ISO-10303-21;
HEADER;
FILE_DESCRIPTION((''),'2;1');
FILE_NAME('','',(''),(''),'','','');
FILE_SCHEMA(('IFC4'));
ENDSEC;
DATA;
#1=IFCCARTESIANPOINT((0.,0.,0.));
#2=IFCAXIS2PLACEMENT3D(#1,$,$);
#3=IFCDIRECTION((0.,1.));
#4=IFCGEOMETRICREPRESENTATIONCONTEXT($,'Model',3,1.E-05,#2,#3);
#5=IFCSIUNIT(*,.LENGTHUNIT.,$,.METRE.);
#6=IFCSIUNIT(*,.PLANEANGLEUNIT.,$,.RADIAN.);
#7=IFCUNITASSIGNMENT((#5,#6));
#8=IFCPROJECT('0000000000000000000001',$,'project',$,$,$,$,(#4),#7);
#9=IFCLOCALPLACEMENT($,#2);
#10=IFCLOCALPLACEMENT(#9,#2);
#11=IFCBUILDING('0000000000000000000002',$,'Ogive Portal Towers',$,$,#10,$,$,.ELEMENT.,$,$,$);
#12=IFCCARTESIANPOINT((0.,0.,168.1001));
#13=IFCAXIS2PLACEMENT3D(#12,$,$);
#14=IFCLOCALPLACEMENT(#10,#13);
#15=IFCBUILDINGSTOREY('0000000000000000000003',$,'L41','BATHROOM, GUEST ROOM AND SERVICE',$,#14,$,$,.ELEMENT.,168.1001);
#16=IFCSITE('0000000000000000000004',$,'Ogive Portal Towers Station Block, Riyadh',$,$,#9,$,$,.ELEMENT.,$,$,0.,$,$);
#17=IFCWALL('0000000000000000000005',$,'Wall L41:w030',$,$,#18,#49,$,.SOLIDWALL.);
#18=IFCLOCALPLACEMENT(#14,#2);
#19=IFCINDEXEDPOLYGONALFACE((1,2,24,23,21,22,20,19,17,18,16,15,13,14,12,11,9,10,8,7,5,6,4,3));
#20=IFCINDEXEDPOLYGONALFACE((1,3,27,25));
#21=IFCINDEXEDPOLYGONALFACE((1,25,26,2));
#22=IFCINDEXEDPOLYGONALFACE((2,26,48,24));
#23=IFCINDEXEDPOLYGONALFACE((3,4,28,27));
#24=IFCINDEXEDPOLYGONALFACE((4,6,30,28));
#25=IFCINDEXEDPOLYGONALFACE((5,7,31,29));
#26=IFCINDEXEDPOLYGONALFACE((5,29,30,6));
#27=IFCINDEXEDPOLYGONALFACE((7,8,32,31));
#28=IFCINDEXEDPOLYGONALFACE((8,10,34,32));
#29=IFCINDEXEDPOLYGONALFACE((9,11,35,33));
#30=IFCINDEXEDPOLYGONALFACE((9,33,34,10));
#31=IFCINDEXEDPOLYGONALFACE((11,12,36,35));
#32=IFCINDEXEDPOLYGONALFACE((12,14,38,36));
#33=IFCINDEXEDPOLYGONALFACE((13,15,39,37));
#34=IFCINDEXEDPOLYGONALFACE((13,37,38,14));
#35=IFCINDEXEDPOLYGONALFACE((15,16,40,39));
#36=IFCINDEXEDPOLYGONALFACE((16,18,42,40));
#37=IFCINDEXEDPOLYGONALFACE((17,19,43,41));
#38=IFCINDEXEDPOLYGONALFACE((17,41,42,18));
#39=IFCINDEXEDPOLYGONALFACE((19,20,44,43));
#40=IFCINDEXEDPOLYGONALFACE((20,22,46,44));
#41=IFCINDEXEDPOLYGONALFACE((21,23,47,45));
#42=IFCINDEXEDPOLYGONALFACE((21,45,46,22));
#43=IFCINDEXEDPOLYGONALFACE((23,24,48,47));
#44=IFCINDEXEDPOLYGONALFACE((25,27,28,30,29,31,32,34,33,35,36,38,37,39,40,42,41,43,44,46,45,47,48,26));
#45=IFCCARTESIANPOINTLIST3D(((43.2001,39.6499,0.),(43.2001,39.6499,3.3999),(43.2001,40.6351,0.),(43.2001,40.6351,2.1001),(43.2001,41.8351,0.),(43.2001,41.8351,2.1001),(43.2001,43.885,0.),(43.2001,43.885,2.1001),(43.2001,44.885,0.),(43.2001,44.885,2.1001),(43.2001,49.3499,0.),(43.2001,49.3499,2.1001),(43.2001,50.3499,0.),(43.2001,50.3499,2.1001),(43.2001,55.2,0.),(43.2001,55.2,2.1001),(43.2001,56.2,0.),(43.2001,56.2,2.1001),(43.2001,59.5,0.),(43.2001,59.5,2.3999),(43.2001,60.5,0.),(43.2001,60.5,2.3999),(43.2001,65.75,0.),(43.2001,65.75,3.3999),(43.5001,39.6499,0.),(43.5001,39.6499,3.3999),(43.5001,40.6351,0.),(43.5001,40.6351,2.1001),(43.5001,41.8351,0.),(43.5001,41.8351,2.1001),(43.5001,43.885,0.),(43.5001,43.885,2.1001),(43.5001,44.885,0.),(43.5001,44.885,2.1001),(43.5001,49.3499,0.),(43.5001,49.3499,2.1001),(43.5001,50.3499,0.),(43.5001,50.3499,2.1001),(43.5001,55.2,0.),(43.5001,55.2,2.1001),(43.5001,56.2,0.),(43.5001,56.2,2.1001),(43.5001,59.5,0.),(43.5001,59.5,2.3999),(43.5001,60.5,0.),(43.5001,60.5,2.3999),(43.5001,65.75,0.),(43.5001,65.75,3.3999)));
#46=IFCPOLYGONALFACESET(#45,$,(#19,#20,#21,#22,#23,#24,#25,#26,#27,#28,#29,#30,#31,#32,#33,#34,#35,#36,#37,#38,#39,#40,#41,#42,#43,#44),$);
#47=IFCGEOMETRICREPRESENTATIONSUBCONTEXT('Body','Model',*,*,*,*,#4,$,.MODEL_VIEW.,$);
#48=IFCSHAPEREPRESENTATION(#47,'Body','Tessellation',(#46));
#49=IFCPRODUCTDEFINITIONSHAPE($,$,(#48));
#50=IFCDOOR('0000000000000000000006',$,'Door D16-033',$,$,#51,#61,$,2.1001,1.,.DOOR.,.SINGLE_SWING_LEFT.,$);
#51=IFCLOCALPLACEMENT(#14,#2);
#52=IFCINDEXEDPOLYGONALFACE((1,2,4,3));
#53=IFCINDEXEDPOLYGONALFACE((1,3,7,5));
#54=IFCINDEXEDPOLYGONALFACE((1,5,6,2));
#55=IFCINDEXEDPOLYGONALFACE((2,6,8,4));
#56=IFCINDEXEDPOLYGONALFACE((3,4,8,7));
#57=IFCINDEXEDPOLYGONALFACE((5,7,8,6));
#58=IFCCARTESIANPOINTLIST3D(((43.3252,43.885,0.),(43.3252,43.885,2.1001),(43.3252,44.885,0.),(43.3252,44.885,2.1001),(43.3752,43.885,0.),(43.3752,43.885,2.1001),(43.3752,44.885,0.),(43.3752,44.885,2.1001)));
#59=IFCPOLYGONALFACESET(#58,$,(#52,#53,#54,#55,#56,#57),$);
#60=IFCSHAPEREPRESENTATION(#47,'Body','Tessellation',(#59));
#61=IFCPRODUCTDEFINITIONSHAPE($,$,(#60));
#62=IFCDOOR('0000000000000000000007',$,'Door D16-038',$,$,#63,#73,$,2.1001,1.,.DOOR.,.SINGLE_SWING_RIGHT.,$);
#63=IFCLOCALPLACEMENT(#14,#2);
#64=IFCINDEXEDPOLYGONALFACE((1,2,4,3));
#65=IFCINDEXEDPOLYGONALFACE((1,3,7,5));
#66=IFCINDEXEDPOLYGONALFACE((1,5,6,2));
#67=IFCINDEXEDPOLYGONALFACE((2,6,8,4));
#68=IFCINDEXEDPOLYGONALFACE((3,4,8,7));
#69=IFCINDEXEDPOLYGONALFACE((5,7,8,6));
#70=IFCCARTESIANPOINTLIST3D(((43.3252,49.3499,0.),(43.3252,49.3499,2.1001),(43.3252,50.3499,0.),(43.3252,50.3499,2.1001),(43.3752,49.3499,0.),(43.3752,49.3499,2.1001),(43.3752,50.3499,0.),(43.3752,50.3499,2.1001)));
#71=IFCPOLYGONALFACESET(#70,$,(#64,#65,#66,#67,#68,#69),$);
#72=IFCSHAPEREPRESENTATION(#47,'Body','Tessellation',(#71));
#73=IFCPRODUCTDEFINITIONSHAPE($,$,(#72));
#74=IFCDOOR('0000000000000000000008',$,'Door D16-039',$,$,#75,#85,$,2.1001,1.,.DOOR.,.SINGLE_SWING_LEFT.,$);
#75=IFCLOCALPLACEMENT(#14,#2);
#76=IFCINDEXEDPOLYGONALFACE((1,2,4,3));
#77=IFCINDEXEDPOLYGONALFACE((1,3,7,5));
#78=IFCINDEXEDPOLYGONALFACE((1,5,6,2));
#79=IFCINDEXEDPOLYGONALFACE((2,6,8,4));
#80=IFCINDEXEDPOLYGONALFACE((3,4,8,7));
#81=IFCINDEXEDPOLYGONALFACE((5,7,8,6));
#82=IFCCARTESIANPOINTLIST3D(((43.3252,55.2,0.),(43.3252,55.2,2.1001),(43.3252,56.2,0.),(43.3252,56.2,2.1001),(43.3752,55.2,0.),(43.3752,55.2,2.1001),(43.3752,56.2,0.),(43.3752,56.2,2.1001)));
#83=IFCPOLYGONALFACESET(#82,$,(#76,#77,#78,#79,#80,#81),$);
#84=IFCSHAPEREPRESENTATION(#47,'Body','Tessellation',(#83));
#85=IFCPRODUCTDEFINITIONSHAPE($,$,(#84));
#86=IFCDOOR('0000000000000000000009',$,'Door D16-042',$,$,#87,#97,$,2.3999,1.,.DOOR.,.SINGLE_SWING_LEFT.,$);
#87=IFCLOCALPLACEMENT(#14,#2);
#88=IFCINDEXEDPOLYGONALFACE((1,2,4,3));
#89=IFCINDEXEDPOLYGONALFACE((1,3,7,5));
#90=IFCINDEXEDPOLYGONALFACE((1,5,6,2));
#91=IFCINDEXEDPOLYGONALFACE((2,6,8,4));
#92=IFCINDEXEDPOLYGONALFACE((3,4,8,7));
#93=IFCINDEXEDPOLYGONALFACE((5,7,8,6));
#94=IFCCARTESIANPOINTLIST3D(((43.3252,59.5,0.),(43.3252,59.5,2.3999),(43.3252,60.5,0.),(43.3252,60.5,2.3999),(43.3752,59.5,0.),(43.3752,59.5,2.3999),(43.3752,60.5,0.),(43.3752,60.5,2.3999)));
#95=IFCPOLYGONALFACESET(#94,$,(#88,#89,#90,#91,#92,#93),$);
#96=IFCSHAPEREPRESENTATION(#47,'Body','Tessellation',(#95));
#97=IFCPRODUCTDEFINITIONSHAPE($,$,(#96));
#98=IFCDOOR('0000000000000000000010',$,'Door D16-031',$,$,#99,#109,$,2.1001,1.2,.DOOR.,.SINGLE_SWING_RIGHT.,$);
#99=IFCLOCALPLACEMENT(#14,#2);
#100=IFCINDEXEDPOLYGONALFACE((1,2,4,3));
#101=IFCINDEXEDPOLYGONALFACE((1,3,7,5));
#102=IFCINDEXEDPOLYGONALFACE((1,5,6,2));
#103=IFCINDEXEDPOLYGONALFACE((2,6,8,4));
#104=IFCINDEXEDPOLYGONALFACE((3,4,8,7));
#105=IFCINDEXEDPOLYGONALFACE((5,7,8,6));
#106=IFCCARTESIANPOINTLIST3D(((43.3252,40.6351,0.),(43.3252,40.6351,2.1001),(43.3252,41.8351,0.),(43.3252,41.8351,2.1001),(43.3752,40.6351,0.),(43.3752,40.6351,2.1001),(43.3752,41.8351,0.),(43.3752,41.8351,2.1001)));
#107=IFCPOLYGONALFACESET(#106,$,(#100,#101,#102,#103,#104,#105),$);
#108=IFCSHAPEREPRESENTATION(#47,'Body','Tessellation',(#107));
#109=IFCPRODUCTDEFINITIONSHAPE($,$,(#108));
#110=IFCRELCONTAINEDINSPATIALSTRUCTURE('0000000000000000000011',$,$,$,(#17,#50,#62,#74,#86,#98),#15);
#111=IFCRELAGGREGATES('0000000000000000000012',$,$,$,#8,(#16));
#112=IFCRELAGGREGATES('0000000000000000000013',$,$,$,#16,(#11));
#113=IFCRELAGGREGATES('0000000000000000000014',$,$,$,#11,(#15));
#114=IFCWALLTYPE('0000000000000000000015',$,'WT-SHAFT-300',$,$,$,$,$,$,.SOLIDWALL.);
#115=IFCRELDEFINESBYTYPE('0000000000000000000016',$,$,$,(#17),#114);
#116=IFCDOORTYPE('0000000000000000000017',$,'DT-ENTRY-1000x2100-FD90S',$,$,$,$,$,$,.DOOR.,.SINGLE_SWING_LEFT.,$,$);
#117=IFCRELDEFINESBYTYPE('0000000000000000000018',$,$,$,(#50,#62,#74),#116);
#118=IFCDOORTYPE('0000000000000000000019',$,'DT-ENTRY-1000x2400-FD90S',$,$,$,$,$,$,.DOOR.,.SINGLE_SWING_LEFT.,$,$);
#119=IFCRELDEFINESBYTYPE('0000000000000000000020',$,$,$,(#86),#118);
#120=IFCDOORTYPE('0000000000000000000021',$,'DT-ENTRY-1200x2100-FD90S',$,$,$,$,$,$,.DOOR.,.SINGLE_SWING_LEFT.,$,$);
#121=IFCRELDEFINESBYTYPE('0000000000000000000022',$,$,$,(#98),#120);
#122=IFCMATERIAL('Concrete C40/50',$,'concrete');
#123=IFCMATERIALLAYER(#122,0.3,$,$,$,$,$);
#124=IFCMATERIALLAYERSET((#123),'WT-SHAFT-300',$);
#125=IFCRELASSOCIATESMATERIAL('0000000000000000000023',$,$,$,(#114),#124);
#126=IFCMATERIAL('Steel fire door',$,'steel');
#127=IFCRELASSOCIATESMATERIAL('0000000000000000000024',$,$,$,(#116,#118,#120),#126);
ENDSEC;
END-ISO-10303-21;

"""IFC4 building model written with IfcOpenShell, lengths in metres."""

from ifc_helpers import new_model, si_unit, direction, frame, frame_2d, origin, place, context, subcontext, project, spatial, rectangle, extrude, material, layer, layer_set, type_object, element, fill, save


model = new_model("IFC4")

# Units and contexts
model_context = context("Model", 3, precision=1e-05, world=origin(), true_north=direction((0.0, 1.0)))
body_context = subcontext(model_context, "Body", "Model", "MODEL_VIEW")
ifc_project = project(units=[si_unit("LENGTHUNIT", "METRE"), si_unit("PLANEANGLEUNIT", "RADIAN")], contexts=[model_context])

# Site, building, storey
site_placement = place(None, origin())
site = spatial("IfcSite", under=ifc_project, at=site_placement, Name="Ogive Portal Towers Station Block, Riyadh", CompositionType="ELEMENT", RefElevation=0.0)
building_placement = place(site_placement, origin())
building = spatial("IfcBuilding", under=site, at=building_placement, Name="Ogive Portal Towers", CompositionType="ELEMENT")
storey_placement = place(building_placement, frame((0.0, 0.0, 168.1001)))
storey = spatial("IfcBuildingStorey", under=building, at=storey_placement, Name="L41", Description="BATHROOM, GUEST ROOM AND SERVICE", CompositionType="ELEMENT", Elevation=168.1001)

# Shared definitions
ifc_material_1 = material(Name="Concrete C40/50", Category="concrete")

# Shared definitions
ifc_material_2 = material(Name="Steel fire door", Category="steel")

# Shared definitions
ifc_layer_1 = layer(ifc_material_1, 0.3)
ifc_layer_set_1 = layer_set([ifc_layer_1], Name="WT-SHAFT-300")
wall_type_1 = type_object("IfcWallType", Name="WT-SHAFT-300", PredefinedType="SOLIDWALL", material=ifc_layer_set_1)

# Wall, openings, doors
wall_1_placement = place(storey_placement, frame((43.3501, 39.6499, 0.0), z_axis=(0.0, 0.0, 1.0), x_axis=(0.0, 1.0, 0.0)))
wall_1 = element("IfcWall", 1, at=wall_1_placement, inside=storey, type_object=wall_type_1, Name="Wall L41:w030", PredefinedType="SOLIDWALL", context=body_context, shape_type="SweptSolid", body=[
    extrude(rectangle(XDim=26.1001, YDim=0.3, at=frame_2d((13.05, 0.0))), origin(), (0.0, 0.0, 1.0), 3.3999),
])
opening_1_placement = place(wall_1_placement, frame((0.9851, 0.0, 0.0)))
opening_1 = element("IfcOpeningElement", 2, at=opening_1_placement, cuts=wall_1, PredefinedType="OPENING", context=body_context, shape_type="SweptSolid", body=[
    extrude(rectangle(XDim=1.2, YDim=2.1001, at=frame_2d((0.6001, 1.05))), frame((0.0, 0.1602, 0.0), z_axis=(0.0, -1.0, 0.0), x_axis=(1.0, 0.0, 0.0)), (0.0, 0.0, 1.0), 0.3201),
])
opening_2_placement = place(wall_1_placement, frame((4.2351, 0.0, 0.0)))
opening_2 = element("IfcOpeningElement", 3, at=opening_2_placement, cuts=wall_1, PredefinedType="OPENING", context=body_context, shape_type="SweptSolid", body=[
    extrude(rectangle(XDim=1.0, YDim=2.1001, at=frame_2d((0.5, 1.05))), frame((0.0, 0.1602, 0.0), z_axis=(0.0, -1.0, 0.0), x_axis=(1.0, 0.0, 0.0)), (0.0, 0.0, 1.0), 0.3201),
])
opening_3_placement = place(wall_1_placement, frame((9.7, 0.0, 0.0)))
opening_3 = element("IfcOpeningElement", 4, at=opening_3_placement, cuts=wall_1, PredefinedType="OPENING", context=body_context, shape_type="SweptSolid", body=[
    extrude(rectangle(XDim=1.0, YDim=2.1001, at=frame_2d((0.5, 1.05))), frame((0.0, 0.1602, 0.0), z_axis=(0.0, -1.0, 0.0), x_axis=(1.0, 0.0, 0.0)), (0.0, 0.0, 1.0), 0.3201),
])
opening_4_placement = place(wall_1_placement, frame((15.55, 0.0, 0.0)))
opening_4 = element("IfcOpeningElement", 5, at=opening_4_placement, cuts=wall_1, PredefinedType="OPENING", context=body_context, shape_type="SweptSolid", body=[
    extrude(rectangle(XDim=1.0, YDim=2.1001, at=frame_2d((0.5, 1.05))), frame((0.0, 0.1602, 0.0), z_axis=(0.0, -1.0, 0.0), x_axis=(1.0, 0.0, 0.0)), (0.0, 0.0, 1.0), 0.3201),
])
opening_5_placement = place(wall_1_placement, frame((19.8501, 0.0, 0.0)))
opening_5 = element("IfcOpeningElement", 6, at=opening_5_placement, cuts=wall_1, PredefinedType="OPENING", context=body_context, shape_type="SweptSolid", body=[
    extrude(rectangle(XDim=1.0, YDim=2.3999, at=frame_2d((0.5, 1.2))), frame((0.0, 0.1602, 0.0), z_axis=(0.0, -1.0, 0.0), x_axis=(1.0, 0.0, 0.0)), (0.0, 0.0, 1.0), 0.3201),
])
door_type_1 = type_object("IfcDoorType", Name="DT-ENTRY-1000x2100-FD90S", OperationType="SINGLE_SWING_LEFT", PredefinedType="DOOR", material=ifc_material_2)
door_1_placement = place(opening_2_placement, origin())
door_1 = element("IfcDoor", 7, at=door_1_placement, inside=storey, type_object=door_type_1, Name="Door D16-033", OperationType="SINGLE_SWING_LEFT", OverallHeight=2.1001, OverallWidth=1.0, PredefinedType="DOOR", context=body_context, shape_type="SweptSolid", body=[
    extrude(rectangle(XDim=1.0, YDim=2.1001, at=frame_2d((0.5, 1.05))), frame((0.0, 0.0249, 0.0), z_axis=(0.0, -1.0, 0.0), x_axis=(1.0, 0.0, 0.0)), (0.0, 0.0, 1.0), 0.05),
])
fill(opening_2, door_1)
door_2_placement = place(opening_3_placement, origin())
door_2 = element("IfcDoor", 8, at=door_2_placement, inside=storey, type_object=door_type_1, Name="Door D16-038", OperationType="SINGLE_SWING_RIGHT", OverallHeight=2.1001, OverallWidth=1.0, PredefinedType="DOOR", context=body_context, shape_type="SweptSolid", body=[
    extrude(rectangle(XDim=1.0, YDim=2.1001, at=frame_2d((0.5, 1.05))), frame((0.0, 0.0249, 0.0), z_axis=(0.0, -1.0, 0.0), x_axis=(1.0, 0.0, 0.0)), (0.0, 0.0, 1.0), 0.05),
])
fill(opening_3, door_2)
door_3_placement = place(opening_4_placement, origin())
door_3 = element("IfcDoor", 9, at=door_3_placement, inside=storey, type_object=door_type_1, Name="Door D16-039", OperationType="SINGLE_SWING_LEFT", OverallHeight=2.1001, OverallWidth=1.0, PredefinedType="DOOR", context=body_context, shape_type="SweptSolid", body=[
    extrude(rectangle(XDim=1.0, YDim=2.1001, at=frame_2d((0.5, 1.05))), frame((0.0, 0.0249, 0.0), z_axis=(0.0, -1.0, 0.0), x_axis=(1.0, 0.0, 0.0)), (0.0, 0.0, 1.0), 0.05),
])
fill(opening_4, door_3)
door_type_2 = type_object("IfcDoorType", Name="DT-ENTRY-1000x2400-FD90S", OperationType="SINGLE_SWING_LEFT", PredefinedType="DOOR", material=ifc_material_2)
door_4_placement = place(opening_5_placement, origin())
door_4 = element("IfcDoor", 10, at=door_4_placement, inside=storey, type_object=door_type_2, Name="Door D16-042", OperationType="SINGLE_SWING_LEFT", OverallHeight=2.3999, OverallWidth=1.0, PredefinedType="DOOR", context=body_context, shape_type="SweptSolid", body=[
    extrude(rectangle(XDim=1.0, YDim=2.3999, at=frame_2d((0.5, 1.2))), frame((0.0, 0.0249, 0.0), z_axis=(0.0, -1.0, 0.0), x_axis=(1.0, 0.0, 0.0)), (0.0, 0.0, 1.0), 0.05),
])
fill(opening_5, door_4)
door_type_3 = type_object("IfcDoorType", Name="DT-ENTRY-1200x2100-FD90S", OperationType="SINGLE_SWING_LEFT", PredefinedType="DOOR", material=ifc_material_2)
door_5_placement = place(opening_1_placement, origin())
door_5 = element("IfcDoor", 11, at=door_5_placement, inside=storey, type_object=door_type_3, Name="Door D16-031", OperationType="SINGLE_SWING_RIGHT", OverallHeight=2.1001, OverallWidth=1.2, PredefinedType="DOOR", context=body_context, shape_type="SweptSolid", body=[
    extrude(rectangle(XDim=1.2, YDim=2.1001, at=frame_2d((0.6001, 1.05))), frame((0.0, 0.0249, 0.0), z_axis=(0.0, -1.0, 0.0), x_axis=(1.0, 0.0, 0.0)), (0.0, 0.0, 1.0), 0.05),
])
fill(opening_1, door_5)

save(model, "model.ifc")
